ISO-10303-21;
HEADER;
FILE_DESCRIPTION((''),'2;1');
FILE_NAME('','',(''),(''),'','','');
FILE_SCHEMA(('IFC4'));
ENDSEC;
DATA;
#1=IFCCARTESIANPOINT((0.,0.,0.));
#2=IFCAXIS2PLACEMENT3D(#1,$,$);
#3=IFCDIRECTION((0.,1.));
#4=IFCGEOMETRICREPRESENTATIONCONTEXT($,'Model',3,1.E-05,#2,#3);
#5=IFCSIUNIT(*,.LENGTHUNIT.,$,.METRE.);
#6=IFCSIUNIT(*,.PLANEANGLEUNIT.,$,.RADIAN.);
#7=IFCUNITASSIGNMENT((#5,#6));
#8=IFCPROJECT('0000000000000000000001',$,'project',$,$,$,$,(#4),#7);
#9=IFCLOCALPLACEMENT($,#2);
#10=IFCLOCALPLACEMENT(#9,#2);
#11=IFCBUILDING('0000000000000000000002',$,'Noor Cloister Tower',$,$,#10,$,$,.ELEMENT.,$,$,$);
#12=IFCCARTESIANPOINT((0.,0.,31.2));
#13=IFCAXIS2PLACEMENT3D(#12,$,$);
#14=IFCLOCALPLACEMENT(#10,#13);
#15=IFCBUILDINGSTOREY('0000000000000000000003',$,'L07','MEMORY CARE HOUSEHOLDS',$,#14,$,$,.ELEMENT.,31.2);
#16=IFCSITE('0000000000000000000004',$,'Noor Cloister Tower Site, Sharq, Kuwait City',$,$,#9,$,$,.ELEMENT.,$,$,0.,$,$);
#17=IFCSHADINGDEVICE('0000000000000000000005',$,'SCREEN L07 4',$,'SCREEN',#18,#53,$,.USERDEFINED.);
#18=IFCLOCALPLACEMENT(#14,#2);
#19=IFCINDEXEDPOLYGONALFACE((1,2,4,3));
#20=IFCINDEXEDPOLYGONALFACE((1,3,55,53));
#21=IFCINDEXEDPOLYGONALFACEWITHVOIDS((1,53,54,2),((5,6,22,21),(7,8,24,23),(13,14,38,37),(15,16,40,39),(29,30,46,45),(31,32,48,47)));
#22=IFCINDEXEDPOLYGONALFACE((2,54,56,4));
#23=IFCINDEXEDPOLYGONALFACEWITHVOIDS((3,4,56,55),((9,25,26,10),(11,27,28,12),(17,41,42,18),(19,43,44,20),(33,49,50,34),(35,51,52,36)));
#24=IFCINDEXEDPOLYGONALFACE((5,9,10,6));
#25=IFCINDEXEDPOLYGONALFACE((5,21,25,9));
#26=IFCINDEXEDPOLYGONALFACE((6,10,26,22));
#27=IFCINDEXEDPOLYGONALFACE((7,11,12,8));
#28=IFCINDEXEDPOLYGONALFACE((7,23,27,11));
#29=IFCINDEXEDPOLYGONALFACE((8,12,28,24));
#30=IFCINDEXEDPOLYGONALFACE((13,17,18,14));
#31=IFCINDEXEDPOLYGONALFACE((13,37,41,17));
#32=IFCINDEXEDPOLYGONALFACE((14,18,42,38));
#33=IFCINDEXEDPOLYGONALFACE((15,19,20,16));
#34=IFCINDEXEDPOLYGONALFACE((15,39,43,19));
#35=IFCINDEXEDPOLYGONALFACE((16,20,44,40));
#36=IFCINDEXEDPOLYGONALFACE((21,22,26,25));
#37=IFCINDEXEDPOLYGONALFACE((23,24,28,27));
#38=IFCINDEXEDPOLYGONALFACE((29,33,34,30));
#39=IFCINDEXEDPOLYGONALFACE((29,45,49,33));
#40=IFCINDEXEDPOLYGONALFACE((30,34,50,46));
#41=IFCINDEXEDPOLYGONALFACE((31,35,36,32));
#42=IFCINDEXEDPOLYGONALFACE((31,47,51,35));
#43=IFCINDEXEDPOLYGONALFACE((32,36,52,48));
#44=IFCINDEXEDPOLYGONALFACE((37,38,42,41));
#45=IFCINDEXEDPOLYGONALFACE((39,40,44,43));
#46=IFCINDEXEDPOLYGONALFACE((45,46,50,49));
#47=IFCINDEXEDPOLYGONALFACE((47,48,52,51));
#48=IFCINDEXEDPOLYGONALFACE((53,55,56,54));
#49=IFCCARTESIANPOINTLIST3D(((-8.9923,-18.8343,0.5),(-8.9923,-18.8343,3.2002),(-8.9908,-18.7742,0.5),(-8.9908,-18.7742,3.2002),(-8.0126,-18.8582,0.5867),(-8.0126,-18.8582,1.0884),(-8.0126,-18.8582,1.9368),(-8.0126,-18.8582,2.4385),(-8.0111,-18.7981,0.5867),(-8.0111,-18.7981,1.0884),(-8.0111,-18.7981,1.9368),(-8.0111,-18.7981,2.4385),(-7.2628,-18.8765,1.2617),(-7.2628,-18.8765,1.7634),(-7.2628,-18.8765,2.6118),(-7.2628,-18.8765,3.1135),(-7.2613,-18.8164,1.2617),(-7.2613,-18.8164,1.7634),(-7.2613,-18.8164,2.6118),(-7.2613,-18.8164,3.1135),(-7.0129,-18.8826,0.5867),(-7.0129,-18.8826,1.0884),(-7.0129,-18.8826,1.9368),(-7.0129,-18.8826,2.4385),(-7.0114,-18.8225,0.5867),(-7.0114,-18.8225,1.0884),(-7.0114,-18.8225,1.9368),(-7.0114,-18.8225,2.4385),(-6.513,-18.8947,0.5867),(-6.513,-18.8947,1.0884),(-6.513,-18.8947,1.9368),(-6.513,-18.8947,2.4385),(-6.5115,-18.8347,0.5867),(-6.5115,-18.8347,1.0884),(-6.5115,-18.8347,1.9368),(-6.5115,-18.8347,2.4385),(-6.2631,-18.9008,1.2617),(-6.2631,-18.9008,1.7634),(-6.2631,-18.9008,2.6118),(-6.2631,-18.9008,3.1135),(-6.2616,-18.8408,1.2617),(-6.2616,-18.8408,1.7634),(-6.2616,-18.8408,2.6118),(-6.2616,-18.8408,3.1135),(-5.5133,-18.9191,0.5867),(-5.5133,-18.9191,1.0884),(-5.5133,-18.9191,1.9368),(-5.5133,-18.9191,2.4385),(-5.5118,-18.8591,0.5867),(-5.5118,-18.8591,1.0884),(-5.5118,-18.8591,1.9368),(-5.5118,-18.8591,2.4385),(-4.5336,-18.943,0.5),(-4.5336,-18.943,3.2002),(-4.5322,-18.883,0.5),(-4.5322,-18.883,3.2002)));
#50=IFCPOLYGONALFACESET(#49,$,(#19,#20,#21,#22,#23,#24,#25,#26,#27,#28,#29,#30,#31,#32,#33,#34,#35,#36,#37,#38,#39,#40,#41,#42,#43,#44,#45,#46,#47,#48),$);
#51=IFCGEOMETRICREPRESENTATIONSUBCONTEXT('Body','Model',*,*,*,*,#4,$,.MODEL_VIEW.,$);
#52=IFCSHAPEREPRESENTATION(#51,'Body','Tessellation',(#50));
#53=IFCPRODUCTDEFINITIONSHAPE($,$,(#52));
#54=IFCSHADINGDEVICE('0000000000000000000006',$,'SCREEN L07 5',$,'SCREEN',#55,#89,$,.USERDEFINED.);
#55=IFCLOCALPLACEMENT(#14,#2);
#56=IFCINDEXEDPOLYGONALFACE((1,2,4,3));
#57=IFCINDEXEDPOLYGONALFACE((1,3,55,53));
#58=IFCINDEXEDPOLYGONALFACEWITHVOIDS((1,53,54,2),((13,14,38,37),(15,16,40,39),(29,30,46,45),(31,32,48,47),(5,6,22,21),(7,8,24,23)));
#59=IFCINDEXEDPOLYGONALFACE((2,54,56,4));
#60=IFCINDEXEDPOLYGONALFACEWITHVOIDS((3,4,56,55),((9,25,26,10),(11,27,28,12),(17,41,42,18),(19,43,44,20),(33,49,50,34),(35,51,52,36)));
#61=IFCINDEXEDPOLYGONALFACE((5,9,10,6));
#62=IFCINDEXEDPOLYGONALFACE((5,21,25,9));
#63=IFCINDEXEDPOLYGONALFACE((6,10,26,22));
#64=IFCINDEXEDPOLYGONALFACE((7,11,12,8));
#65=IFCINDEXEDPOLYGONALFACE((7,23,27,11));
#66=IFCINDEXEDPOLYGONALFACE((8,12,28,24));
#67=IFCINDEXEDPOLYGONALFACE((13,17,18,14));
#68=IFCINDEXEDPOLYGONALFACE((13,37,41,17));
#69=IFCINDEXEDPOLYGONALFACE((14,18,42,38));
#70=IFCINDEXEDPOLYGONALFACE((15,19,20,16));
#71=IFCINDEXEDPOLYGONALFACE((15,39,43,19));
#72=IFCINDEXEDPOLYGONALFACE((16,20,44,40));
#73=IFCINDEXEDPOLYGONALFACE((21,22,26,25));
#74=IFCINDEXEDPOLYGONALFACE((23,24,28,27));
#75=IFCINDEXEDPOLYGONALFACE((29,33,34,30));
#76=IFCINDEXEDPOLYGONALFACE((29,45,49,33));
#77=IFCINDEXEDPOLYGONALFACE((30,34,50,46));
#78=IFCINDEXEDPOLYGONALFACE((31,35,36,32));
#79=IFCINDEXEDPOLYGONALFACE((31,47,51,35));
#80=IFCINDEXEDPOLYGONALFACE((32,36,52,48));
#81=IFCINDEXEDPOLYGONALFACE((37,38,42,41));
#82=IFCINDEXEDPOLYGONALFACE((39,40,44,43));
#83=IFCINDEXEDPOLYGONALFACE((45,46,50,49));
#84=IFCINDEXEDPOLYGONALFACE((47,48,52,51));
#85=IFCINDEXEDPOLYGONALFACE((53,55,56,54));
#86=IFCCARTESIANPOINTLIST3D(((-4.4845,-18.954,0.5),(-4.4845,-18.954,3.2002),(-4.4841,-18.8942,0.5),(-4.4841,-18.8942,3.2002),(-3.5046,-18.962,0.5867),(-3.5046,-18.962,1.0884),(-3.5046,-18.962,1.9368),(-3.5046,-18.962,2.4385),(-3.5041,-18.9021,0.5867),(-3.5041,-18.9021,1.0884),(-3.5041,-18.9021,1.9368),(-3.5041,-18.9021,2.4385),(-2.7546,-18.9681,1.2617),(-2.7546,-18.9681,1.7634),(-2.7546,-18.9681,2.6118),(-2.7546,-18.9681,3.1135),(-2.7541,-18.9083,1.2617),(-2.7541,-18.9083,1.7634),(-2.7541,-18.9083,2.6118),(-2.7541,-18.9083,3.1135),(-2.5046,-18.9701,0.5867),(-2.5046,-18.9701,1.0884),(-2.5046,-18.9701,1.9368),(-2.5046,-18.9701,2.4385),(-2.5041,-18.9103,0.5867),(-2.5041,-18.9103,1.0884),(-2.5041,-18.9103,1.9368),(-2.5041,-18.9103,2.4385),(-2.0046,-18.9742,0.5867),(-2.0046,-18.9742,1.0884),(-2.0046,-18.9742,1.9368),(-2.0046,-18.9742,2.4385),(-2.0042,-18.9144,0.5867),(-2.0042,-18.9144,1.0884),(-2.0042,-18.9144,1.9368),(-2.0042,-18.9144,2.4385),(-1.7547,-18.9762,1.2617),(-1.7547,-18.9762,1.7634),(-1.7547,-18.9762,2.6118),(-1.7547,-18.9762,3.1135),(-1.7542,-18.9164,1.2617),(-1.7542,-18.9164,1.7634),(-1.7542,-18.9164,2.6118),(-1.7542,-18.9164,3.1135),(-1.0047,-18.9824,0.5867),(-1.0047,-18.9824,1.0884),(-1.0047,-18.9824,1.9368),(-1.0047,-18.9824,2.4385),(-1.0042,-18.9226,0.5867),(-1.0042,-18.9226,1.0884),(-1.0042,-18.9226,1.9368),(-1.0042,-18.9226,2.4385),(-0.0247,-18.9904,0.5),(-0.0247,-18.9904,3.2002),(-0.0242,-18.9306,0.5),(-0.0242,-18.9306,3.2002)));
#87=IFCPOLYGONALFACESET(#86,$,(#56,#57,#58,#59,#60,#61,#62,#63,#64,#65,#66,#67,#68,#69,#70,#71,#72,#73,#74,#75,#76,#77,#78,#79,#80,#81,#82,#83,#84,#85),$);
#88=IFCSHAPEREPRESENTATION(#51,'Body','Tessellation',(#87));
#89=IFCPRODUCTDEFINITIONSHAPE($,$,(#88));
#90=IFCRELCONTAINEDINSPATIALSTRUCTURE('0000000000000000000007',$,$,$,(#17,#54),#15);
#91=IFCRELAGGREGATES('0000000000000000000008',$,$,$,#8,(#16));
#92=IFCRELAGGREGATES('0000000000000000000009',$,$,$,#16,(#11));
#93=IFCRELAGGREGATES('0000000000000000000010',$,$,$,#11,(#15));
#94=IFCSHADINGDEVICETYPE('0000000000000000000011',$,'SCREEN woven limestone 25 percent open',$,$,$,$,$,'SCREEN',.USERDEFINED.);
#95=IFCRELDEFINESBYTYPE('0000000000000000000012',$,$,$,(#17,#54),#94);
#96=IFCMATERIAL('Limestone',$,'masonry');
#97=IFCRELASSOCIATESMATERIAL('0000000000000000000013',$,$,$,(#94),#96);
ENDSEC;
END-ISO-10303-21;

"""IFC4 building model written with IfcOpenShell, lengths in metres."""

from ifc_helpers import new_model, si_unit, direction, frame, origin, place, context, subcontext, project, spatial, polyline, outline, extrude, material, material_profile, profile_set, type_object, element, save


model = new_model("IFC4")

# Units and contexts
model_context = context("Model", 3, precision=1e-05, world=origin(), true_north=direction((0.0, 1.0)))
body_context = subcontext(model_context, "Body", "Model", "MODEL_VIEW")
ifc_project = project(units=[si_unit("LENGTHUNIT", "METRE"), si_unit("PLANEANGLEUNIT", "RADIAN")], contexts=[model_context])

# Site, building, storey
site_placement = place(None, origin())
site = spatial("IfcSite", under=ifc_project, at=site_placement, Name="Noor Cloister Tower Site, Sharq, Kuwait City", CompositionType="ELEMENT", RefElevation=0.0)
building_placement = place(site_placement, origin())
building = spatial("IfcBuilding", under=site, at=building_placement, Name="Noor Cloister Tower", CompositionType="ELEMENT")
storey_placement = place(building_placement, frame((0.0, 0.0, 31.2)))
storey = spatial("IfcBuildingStorey", under=building, at=storey_placement, Name="L07", Description="MEMORY CARE HOUSEHOLDS", CompositionType="ELEMENT", Elevation=31.2)

# Shading devices
ifc_material_1 = material(Name="Limestone", Category="masonry")
ifc_material_profile_1 = material_profile(ifc_material_1, outline(polyline([(-2.23, -1.3501), (2.23, -1.3501), (2.23, 1.3501), (-2.23, 1.3501), (-2.23, -1.3501)]), holes=[polyline([(-1.25, -1.2634), (-0.25, -1.2634), (-0.25, -0.7617), (-1.25, -0.7617), (-1.25, -1.2634)]), polyline([(0.25, -1.2634), (1.25, -1.2634), (1.25, -0.7617), (0.25, -0.7617), (0.25, -1.2634)]), polyline([(-0.5, -0.5884), (0.5, -0.5884), (0.5, -0.0867), (-0.5, -0.0867), (-0.5, -0.5884)]), polyline([(-1.25, 0.0867), (-0.25, 0.0867), (-0.25, 0.5884), (-1.25, 0.5884), (-1.25, 0.0867)]), polyline([(0.25, 0.0867), (1.25, 0.0867), (1.25, 0.5884), (0.25, 0.5884), (0.25, 0.0867)]), polyline([(-0.5, 0.7617), (0.5, 0.7617), (0.5, 1.2634), (-0.5, 1.2634), (-0.5, 0.7617)])]), Name="Woven screen 25 percent open")
ifc_profile_set_1 = profile_set([ifc_material_profile_1], Name="Limestone")
shading_device_type = type_object("IfcShadingDeviceType", Name="SCREEN woven limestone 25 percent open", ElementType="SCREEN", PredefinedType="USERDEFINED", material=ifc_profile_set_1)
for number, where, z_axis, x_axis, name in (
    (1, (-6.7615, -18.8286, 1.8501), (-0.024383, -0.999703, 0.0), (0.999703, -0.024383, 0.0), "SCREEN L07 4"),
):
    element("IfcShadingDevice", number, at=place(storey_placement, frame(where, z_axis=z_axis, x_axis=x_axis)), inside=storey, type_object=shading_device_type, Name=name, ObjectType="SCREEN", PredefinedType="USERDEFINED", context=body_context, shape_type="SweptSolid", body=[
        extrude(outline(polyline([(-2.23, -1.3501), (2.23, -1.3501), (2.23, 1.3501), (-2.23, 1.3501), (-2.23, -1.3501)]), holes=[polyline([(-1.25, -1.2634), (-0.25, -1.2634), (-0.25, -0.7617), (-1.25, -0.7617), (-1.25, -1.2634)]), polyline([(0.25, -1.2634), (1.25, -1.2634), (1.25, -0.7617), (0.25, -0.7617), (0.25, -1.2634)]), polyline([(-0.5, -0.5884), (0.5, -0.5884), (0.5, -0.0867), (-0.5, -0.0867), (-0.5, -0.5884)]), polyline([(-1.25, 0.0867), (-0.25, 0.0867), (-0.25, 0.5884), (-1.25, 0.5884), (-1.25, 0.0867)]), polyline([(0.25, 0.0867), (1.25, 0.0867), (1.25, 0.5884), (0.25, 0.5884), (0.25, 0.0867)]), polyline([(-0.5, 0.7617), (0.5, 0.7617), (0.5, 1.2634), (-0.5, 1.2634), (-0.5, 0.7617)])]), origin(), (0.0, 0.0, 1.0), 0.0601),
    ])
shading_device_placement = place(storey_placement, frame((-2.2542, -18.9124, 1.8501), z_axis=(-0.008163, -0.999967, 0.0), x_axis=(0.999967, -0.008163, 0.0)))
element("IfcShadingDevice", 2, at=shading_device_placement, inside=storey, type_object=shading_device_type, Name="SCREEN L07 5", ObjectType="SCREEN", PredefinedType="USERDEFINED", context=body_context, shape_type="SweptSolid", body=[
    extrude(outline(polyline([(-2.23, -1.3501), (2.23, -1.3501), (2.23, 1.3501), (-2.23, 1.3501), (-2.23, -1.3501)]), holes=[polyline([(-1.25, -1.2634), (-0.25, -1.2634), (-0.25, -0.7617), (-1.25, -0.7617), (-1.25, -1.2634)]), polyline([(0.25, -1.2634), (1.25, -1.2634), (1.25, -0.7617), (0.25, -0.7617), (0.25, -1.2634)]), polyline([(-0.5, -0.5884), (0.5, -0.5884), (0.5, -0.0867), (-0.5, -0.0867), (-0.5, -0.5884)]), polyline([(-1.25, 0.0867), (-0.25, 0.0867), (-0.25, 0.5884), (-1.25, 0.5884), (-1.25, 0.0867)]), polyline([(0.25, 0.0867), (1.25, 0.0867), (1.25, 0.5884), (0.25, 0.5884), (0.25, 0.0867)]), polyline([(-0.5, 0.7617), (0.5, 0.7617), (0.5, 1.2634), (-0.5, 1.2634), (-0.5, 0.7617)])]), origin(), (0.0, 0.0, 1.0), 0.0598),
])

save(model, "model.ifc")
